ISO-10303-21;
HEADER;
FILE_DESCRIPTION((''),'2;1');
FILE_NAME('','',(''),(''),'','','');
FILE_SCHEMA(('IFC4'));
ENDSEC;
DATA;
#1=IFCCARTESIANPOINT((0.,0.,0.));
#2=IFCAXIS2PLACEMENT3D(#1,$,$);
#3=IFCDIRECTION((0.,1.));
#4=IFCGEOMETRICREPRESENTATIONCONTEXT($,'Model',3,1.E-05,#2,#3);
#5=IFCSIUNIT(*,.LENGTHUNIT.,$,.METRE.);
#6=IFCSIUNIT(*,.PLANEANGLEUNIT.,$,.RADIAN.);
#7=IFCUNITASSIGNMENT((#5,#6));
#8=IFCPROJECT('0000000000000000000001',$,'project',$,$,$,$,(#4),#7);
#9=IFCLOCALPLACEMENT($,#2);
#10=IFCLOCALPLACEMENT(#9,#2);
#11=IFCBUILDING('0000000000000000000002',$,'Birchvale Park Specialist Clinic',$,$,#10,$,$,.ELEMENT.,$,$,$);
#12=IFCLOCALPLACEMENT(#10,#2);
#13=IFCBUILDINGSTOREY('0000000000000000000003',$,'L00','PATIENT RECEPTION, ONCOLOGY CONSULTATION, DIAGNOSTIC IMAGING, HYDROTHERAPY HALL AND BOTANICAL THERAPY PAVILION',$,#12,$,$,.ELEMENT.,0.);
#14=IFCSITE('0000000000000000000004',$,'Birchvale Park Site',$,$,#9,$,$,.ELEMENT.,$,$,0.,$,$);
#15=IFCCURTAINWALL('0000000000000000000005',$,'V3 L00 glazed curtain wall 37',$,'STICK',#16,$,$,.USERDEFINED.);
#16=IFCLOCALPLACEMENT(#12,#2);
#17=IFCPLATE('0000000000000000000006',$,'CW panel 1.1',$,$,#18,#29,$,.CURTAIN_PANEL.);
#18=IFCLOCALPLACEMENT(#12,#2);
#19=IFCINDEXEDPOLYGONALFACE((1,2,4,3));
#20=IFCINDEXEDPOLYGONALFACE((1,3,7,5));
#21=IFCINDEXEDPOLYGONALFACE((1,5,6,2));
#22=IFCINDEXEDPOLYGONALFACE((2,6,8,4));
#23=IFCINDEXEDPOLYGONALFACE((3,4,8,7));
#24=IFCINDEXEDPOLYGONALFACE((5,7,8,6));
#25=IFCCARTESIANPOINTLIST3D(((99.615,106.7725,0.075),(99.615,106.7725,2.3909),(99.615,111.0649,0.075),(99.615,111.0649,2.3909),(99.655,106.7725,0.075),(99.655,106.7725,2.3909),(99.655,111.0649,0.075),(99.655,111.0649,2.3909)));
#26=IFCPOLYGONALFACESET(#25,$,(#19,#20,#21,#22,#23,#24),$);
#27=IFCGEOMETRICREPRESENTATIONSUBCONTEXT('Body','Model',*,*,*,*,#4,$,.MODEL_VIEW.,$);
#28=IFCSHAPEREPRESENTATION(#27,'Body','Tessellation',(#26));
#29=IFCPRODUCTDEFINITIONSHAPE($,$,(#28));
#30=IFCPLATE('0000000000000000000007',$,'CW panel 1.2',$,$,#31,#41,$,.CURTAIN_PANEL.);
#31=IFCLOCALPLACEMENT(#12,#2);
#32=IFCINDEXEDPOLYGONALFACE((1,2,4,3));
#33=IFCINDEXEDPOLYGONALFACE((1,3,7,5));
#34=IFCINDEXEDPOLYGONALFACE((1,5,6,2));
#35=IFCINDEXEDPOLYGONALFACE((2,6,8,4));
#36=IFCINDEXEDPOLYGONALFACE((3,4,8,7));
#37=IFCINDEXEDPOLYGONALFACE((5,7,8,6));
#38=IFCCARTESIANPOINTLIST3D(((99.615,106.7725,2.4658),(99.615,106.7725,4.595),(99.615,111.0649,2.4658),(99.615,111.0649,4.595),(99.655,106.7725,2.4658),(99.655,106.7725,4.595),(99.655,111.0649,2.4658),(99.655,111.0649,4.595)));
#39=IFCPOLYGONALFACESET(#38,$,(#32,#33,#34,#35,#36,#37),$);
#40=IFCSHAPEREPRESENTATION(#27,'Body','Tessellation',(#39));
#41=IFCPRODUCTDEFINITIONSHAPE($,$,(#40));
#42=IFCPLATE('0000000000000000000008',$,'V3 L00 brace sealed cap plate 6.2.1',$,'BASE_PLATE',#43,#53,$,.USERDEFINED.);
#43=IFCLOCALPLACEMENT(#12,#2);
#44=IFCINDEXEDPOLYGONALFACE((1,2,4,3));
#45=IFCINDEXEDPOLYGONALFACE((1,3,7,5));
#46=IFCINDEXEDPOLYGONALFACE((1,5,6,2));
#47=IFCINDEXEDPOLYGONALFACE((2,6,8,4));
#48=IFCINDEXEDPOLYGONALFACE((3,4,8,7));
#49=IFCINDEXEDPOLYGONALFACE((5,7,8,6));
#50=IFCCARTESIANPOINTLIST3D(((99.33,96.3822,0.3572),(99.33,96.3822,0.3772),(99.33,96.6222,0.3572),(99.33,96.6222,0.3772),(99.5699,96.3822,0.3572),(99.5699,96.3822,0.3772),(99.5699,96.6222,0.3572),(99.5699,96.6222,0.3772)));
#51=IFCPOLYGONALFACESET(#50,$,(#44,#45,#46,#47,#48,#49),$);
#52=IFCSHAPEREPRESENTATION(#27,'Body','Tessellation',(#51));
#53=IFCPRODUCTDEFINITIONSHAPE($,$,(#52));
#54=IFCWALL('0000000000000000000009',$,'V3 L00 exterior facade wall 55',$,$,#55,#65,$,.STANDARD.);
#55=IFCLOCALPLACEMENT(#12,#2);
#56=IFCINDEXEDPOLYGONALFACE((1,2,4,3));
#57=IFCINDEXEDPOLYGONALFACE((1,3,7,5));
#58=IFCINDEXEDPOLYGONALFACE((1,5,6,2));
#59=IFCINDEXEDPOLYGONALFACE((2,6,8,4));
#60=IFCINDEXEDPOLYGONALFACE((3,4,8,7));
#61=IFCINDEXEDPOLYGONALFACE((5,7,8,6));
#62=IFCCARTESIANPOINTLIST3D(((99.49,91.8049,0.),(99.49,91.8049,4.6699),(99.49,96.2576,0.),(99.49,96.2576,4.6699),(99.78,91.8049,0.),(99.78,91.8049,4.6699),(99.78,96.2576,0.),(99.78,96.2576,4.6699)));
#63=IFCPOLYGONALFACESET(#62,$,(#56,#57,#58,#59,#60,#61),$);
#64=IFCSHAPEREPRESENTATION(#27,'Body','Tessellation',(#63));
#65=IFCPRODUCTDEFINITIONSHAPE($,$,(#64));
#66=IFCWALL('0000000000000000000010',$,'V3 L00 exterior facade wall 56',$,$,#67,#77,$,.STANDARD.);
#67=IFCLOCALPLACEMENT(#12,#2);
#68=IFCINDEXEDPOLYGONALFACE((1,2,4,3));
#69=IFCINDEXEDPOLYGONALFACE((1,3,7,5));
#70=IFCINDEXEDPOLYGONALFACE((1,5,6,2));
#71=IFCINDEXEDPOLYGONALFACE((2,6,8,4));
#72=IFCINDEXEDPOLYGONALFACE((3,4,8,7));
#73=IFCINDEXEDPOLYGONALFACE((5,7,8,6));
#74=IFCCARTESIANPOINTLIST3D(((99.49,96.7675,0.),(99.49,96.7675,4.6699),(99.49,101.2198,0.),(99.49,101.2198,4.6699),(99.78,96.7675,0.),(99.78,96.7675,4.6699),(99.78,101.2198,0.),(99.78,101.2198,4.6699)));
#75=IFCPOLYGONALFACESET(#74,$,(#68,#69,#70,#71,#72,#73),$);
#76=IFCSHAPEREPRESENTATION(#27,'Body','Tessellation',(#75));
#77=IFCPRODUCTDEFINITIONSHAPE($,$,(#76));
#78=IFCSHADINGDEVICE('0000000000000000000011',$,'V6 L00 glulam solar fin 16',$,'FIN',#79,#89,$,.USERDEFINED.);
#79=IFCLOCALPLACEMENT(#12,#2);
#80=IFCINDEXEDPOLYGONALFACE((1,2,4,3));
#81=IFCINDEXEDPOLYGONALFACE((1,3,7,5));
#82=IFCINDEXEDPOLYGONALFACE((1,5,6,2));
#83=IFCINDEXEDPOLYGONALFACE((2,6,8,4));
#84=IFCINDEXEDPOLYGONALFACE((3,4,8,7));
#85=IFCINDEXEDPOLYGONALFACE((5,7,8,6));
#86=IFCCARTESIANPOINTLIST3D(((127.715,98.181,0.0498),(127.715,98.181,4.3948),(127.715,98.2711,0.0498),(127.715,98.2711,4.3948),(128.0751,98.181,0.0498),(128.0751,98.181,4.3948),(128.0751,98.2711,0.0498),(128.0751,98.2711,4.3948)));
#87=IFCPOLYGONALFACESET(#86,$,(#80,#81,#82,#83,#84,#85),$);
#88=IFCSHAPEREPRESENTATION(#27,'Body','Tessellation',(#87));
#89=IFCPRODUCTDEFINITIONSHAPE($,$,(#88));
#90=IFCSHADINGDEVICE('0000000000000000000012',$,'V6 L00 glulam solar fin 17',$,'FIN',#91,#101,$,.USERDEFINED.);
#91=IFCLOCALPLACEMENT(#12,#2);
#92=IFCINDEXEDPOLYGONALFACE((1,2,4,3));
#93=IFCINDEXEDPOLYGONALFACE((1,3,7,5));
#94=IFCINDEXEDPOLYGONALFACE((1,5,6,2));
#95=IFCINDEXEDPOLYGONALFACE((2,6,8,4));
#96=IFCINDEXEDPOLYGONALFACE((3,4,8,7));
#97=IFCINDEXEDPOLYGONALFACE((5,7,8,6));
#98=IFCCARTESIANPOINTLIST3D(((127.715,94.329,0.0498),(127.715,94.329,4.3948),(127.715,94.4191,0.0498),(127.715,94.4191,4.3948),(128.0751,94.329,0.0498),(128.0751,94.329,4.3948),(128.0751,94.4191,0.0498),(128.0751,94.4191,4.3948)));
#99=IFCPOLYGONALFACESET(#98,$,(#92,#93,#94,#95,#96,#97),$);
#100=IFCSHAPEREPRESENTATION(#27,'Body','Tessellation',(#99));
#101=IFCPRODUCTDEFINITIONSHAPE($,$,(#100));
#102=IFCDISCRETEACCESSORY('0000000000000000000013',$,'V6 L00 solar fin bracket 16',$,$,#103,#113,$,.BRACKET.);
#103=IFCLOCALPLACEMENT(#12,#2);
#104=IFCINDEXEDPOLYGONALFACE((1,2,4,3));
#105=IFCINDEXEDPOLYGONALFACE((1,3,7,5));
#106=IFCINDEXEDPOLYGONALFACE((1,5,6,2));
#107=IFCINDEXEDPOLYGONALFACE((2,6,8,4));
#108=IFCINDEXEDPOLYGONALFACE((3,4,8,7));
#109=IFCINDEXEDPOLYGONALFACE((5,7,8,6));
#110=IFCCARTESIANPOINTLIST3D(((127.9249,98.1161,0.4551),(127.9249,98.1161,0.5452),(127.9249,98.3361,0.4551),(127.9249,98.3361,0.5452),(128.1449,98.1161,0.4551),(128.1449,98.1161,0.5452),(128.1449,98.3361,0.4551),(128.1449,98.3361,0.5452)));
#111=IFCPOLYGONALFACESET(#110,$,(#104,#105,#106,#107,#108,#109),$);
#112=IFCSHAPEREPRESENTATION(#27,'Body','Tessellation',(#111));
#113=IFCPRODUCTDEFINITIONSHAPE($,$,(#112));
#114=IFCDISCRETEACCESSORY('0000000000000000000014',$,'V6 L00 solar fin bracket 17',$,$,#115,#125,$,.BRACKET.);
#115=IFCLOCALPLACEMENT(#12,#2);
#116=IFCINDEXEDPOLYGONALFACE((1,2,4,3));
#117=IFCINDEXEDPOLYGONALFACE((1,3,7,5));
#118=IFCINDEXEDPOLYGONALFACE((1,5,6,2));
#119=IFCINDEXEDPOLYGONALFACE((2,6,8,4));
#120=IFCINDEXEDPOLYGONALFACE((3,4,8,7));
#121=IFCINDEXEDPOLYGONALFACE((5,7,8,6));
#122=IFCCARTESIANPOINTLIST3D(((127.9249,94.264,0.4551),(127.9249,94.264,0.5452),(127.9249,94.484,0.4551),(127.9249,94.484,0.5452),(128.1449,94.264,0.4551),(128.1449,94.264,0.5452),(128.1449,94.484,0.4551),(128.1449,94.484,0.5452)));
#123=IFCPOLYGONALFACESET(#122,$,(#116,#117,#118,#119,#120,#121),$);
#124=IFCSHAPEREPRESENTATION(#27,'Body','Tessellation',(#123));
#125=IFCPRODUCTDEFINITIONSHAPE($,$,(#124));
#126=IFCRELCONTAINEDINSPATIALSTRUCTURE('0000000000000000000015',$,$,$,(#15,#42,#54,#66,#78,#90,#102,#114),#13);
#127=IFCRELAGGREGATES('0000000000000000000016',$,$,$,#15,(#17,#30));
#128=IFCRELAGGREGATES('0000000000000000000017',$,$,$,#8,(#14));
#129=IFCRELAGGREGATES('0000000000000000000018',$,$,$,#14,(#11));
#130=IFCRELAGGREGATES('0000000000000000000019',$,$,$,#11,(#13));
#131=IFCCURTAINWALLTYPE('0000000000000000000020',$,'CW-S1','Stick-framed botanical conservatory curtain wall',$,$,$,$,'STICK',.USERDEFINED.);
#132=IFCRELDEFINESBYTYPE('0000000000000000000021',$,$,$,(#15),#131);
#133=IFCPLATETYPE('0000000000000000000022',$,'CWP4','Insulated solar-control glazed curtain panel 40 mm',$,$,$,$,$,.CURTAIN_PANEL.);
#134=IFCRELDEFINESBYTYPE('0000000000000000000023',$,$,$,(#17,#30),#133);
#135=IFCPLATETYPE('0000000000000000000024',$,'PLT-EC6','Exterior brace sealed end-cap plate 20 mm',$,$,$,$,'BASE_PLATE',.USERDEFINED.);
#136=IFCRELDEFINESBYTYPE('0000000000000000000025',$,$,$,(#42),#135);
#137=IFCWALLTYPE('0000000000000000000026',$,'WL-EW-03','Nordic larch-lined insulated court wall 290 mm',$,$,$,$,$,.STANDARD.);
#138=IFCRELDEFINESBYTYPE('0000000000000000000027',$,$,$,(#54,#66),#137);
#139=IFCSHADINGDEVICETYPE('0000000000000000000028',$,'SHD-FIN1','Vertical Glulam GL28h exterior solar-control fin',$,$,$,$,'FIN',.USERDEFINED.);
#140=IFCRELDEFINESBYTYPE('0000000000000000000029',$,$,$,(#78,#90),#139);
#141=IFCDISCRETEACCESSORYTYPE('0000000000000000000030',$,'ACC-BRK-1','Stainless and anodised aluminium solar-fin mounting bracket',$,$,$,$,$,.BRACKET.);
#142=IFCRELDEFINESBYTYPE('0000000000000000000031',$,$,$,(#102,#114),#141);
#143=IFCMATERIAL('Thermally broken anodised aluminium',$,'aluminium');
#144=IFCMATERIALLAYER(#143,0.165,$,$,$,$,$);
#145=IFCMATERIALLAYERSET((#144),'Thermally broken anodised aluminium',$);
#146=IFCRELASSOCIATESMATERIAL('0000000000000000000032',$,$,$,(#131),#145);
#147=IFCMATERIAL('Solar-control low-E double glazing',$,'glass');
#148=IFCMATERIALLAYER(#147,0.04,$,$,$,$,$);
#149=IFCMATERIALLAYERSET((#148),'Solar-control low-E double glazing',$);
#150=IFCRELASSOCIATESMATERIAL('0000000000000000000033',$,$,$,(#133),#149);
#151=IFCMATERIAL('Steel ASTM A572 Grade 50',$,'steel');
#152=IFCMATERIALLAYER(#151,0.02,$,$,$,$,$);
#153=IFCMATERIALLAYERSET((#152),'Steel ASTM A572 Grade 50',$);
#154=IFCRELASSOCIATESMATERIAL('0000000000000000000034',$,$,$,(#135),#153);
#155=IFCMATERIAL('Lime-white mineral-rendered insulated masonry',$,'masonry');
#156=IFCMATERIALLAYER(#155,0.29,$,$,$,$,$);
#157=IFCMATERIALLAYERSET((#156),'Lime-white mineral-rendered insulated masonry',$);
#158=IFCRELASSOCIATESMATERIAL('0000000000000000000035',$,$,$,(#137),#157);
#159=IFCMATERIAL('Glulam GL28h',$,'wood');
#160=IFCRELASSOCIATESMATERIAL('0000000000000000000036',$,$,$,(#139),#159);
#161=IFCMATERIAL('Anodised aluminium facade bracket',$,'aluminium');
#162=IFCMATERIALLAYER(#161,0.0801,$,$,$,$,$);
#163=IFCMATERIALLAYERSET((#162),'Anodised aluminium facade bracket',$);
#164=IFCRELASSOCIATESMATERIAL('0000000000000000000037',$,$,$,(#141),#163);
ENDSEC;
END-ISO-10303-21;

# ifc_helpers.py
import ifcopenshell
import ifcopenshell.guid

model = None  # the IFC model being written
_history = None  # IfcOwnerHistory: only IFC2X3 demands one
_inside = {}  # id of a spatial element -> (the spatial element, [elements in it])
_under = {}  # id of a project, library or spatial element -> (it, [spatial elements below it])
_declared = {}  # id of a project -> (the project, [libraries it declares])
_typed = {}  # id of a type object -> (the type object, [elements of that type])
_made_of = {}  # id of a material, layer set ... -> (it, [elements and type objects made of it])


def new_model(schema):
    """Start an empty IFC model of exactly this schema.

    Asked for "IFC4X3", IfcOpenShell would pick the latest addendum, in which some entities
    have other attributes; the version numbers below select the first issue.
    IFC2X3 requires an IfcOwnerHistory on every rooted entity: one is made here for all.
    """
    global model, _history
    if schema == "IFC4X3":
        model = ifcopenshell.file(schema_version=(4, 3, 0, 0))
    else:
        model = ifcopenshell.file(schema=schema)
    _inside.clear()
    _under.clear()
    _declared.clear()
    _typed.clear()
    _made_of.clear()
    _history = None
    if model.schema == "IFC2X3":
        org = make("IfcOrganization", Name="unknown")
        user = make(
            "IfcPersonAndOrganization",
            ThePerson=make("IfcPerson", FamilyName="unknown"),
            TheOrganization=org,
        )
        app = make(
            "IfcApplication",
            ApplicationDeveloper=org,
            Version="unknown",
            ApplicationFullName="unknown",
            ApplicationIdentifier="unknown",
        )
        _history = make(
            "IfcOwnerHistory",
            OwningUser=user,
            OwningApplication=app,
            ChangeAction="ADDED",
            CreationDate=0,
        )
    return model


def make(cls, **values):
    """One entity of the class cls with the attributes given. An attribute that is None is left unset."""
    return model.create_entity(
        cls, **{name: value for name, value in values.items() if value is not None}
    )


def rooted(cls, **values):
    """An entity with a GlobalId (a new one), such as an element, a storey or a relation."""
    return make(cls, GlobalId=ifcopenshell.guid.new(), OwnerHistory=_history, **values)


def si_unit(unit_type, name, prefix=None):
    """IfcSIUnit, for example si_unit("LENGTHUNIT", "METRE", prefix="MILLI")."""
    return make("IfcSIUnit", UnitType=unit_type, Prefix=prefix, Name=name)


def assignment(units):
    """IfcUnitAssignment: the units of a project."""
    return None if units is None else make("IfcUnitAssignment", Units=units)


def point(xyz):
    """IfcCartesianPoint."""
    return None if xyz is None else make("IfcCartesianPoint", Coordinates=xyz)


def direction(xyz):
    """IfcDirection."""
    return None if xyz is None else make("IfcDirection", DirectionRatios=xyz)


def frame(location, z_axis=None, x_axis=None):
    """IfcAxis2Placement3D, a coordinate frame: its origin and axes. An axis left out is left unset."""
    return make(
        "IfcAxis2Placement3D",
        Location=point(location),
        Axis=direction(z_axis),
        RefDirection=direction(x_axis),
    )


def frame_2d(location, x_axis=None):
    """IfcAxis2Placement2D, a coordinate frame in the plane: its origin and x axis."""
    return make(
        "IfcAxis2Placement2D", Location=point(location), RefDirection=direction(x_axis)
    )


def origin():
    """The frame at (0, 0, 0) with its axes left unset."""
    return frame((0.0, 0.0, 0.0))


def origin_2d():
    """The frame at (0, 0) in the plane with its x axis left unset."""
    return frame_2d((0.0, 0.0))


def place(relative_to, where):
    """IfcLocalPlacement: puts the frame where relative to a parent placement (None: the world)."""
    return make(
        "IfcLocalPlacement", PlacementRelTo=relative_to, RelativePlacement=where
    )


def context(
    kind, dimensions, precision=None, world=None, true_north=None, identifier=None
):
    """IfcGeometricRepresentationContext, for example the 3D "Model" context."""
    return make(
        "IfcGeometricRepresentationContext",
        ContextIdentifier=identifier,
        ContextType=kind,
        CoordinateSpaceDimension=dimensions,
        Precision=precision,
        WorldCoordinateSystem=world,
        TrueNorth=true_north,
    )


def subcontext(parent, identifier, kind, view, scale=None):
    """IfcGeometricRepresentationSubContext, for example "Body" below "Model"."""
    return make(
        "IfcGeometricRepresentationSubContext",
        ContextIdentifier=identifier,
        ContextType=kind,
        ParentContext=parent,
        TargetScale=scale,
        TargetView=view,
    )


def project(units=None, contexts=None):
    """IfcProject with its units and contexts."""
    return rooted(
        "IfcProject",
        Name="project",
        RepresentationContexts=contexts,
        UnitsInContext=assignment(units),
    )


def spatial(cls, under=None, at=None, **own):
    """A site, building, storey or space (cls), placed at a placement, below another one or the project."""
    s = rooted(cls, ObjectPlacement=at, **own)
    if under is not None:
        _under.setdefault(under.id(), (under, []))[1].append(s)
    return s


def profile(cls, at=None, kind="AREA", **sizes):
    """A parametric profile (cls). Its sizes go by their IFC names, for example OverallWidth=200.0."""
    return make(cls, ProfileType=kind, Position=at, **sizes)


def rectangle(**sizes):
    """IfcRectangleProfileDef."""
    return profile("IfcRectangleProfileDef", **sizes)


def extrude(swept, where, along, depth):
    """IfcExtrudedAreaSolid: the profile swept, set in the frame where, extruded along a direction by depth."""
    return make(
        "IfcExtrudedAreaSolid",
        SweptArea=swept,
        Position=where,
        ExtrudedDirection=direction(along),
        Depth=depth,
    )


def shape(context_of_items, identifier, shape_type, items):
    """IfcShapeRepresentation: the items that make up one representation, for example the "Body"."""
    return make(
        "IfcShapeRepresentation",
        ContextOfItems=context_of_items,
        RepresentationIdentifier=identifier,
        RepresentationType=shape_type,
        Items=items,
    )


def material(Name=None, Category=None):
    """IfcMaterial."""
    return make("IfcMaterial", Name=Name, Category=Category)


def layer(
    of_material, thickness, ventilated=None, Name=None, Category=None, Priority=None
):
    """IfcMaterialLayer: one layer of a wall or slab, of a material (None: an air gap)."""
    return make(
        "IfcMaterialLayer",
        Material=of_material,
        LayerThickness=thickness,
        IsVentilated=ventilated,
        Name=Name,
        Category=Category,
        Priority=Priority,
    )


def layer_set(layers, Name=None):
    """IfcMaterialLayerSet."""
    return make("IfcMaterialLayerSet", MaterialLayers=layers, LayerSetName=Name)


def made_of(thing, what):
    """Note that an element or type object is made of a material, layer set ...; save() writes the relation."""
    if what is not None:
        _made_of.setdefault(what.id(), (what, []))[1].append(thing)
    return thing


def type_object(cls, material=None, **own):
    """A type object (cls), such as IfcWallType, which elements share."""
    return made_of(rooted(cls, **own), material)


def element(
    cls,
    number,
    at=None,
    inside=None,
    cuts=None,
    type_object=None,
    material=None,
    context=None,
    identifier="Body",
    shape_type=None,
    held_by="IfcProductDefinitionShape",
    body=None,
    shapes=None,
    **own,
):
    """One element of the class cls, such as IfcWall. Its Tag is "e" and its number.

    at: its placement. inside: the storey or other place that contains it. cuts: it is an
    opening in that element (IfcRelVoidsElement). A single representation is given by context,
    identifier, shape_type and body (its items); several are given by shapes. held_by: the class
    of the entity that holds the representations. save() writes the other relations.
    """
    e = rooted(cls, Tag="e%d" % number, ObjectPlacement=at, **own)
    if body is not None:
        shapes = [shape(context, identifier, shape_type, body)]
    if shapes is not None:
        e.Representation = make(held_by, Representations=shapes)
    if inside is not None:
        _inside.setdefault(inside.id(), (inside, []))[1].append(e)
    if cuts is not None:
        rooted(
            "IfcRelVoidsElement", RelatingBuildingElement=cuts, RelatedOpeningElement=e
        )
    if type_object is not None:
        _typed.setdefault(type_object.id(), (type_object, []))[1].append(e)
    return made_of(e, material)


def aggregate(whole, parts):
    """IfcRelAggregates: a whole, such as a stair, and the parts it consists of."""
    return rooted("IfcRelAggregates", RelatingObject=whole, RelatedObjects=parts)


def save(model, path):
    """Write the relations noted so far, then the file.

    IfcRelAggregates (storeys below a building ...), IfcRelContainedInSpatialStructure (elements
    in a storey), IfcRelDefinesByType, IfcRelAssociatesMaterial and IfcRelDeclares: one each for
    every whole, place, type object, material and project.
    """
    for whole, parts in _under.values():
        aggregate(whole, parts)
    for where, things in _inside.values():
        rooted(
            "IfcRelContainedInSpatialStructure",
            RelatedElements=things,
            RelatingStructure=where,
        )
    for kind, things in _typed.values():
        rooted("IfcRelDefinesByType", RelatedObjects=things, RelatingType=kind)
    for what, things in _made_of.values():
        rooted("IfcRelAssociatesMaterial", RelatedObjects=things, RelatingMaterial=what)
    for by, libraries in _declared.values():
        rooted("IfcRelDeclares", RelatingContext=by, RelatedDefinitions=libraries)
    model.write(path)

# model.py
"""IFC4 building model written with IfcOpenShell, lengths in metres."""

from ifc_helpers import new_model, si_unit, direction, frame, frame_2d, origin, origin_2d, place, context, subcontext, project, spatial, rectangle, extrude, material, layer, layer_set, type_object, element, aggregate, save


model = new_model("IFC4")

# Units and contexts
model_context = context("Model", 3, precision=1e-05, world=origin(), true_north=direction((0.0, 1.0)))
body_context = subcontext(model_context, "Body", "Model", "MODEL_VIEW")
ifc_project = project(units=[si_unit("LENGTHUNIT", "METRE"), si_unit("PLANEANGLEUNIT", "RADIAN")], contexts=[model_context])

# Site, building, storey
site_placement = place(None, origin())
site = spatial("IfcSite", under=ifc_project, at=site_placement, Name="Birchvale Park Site", CompositionType="ELEMENT", RefElevation=0.0)
building_placement = place(site_placement, origin())
building = spatial("IfcBuilding", under=site, at=building_placement, Name="Birchvale Park Specialist Clinic", CompositionType="ELEMENT")
storey_placement = place(building_placement, origin())
storey = spatial("IfcBuildingStorey", under=building, at=storey_placement, Name="L00", Description="PATIENT RECEPTION, ONCOLOGY CONSULTATION, DIAGNOSTIC IMAGING, HYDROTHERAPY HALL AND BOTANICAL THERAPY PAVILION", CompositionType="ELEMENT", Elevation=0.0)

# Shared definitions
ifc_material_1 = material(Name="Thermally broken anodised aluminium", Category="aluminium")

# Curtain wall
ifc_layer_1 = layer(ifc_material_1, 0.165)
ifc_layer_set_1 = layer_set([ifc_layer_1], Name="Thermally broken anodised aluminium")
curtain_wall_type_1 = type_object("IfcCurtainWallType", Name="CW-S1", Description="Stick-framed botanical conservatory curtain wall", ElementType="STICK", PredefinedType="USERDEFINED", material=ifc_layer_set_1)
curtain_wall_1_placement = place(storey_placement, origin())
curtain_wall_1 = element("IfcCurtainWall", 1, at=curtain_wall_1_placement, inside=storey, type_object=curtain_wall_type_1, Name="V3 L00 glazed curtain wall 37", ObjectType="STICK", PredefinedType="USERDEFINED")

# Plates
ifc_material_2 = material(Name="Solar-control low-E double glazing", Category="glass")
ifc_layer_2 = layer(ifc_material_2, 0.04)
ifc_layer_set_2 = layer_set([ifc_layer_2], Name="Solar-control low-E double glazing")
plate_type_1 = type_object("IfcPlateType", Name="CWP4", Description="Insulated solar-control glazed curtain panel 40 mm", PredefinedType="CURTAIN_PANEL", material=ifc_layer_set_2)
plate_1_placement = place(storey_placement, frame((99.635, 108.9187, 0.075), z_axis=(0.0, 0.0, 1.0), x_axis=(0.0, 1.0, 0.0)))
plate_1 = element("IfcPlate", 2, at=plate_1_placement, type_object=plate_type_1, Name="CW panel 1.1", PredefinedType="CURTAIN_PANEL", context=body_context, shape_type="SweptSolid", body=[
    extrude(rectangle(XDim=4.2925, YDim=0.04, at=origin_2d()), origin(), (0.0, 0.0, 1.0), 2.3159),
])
plate_2_placement = place(storey_placement, frame((99.635, 108.9187, 2.4658), z_axis=(0.0, 0.0, 1.0), x_axis=(0.0, 1.0, 0.0)))
plate_2 = element("IfcPlate", 3, at=plate_2_placement, type_object=plate_type_1, Name="CW panel 1.2", PredefinedType="CURTAIN_PANEL", context=body_context, shape_type="SweptSolid", body=[
    extrude(rectangle(XDim=4.2925, YDim=0.04, at=origin_2d()), origin(), (0.0, 0.0, 1.0), 2.1292),
])
aggregate(curtain_wall_1, [plate_1, plate_2])
ifc_material_3 = material(Name="Steel ASTM A572 Grade 50", Category="steel")
ifc_layer_3 = layer(ifc_material_3, 0.02)
ifc_layer_set_3 = layer_set([ifc_layer_3], Name="Steel ASTM A572 Grade 50")
plate_type_2 = type_object("IfcPlateType", Name="PLT-EC6", Description="Exterior brace sealed end-cap plate 20 mm", ElementType="BASE_PLATE", PredefinedType="USERDEFINED", material=ifc_layer_set_3)
plate_3_placement = place(storey_placement, frame((99.45, 96.5022, 0.3572), z_axis=(0.0, 0.0, 1.0), x_axis=(1.0, 0.0, 0.0)))
element("IfcPlate", 4, at=plate_3_placement, inside=storey, type_object=plate_type_2, Name="V3 L00 brace sealed cap plate 6.2.1", ObjectType="BASE_PLATE", PredefinedType="USERDEFINED", context=body_context, shape_type="SweptSolid", body=[
    extrude(rectangle(XDim=0.24, YDim=0.24, at=origin_2d()), origin(), (0.0, 0.0, 1.0), 0.02),
])

# Walls
ifc_material_4 = material(Name="Lime-white mineral-rendered insulated masonry", Category="masonry")
ifc_layer_4 = layer(ifc_material_4, 0.29)
ifc_layer_set_4 = layer_set([ifc_layer_4], Name="Lime-white mineral-rendered insulated masonry")
wall_type = type_object("IfcWallType", Name="WL-EW-03", Description="Nordic larch-lined insulated court wall 290 mm", PredefinedType="STANDARD", material=ifc_layer_set_4)
wall_1_placement = place(storey_placement, frame((99.635, 91.8049, 0.0), z_axis=(0.0, 0.0, 1.0), x_axis=(0.0, 1.0, 0.0)))
element("IfcWall", 5, at=wall_1_placement, inside=storey, type_object=wall_type, Name="V3 L00 exterior facade wall 55", PredefinedType="STANDARD", context=body_context, shape_type="SweptSolid", body=[
    extrude(rectangle(XDim=4.4526, YDim=0.29, at=frame_2d((2.2263, 0.0))), origin(), (0.0, 0.0, 1.0), 4.6699),
])
wall_2_placement = place(storey_placement, frame((99.635, 96.7676, 0.0), z_axis=(0.0, 0.0, 1.0), x_axis=(0.0, 1.0, 0.0)))
element("IfcWall", 6, at=wall_2_placement, inside=storey, type_object=wall_type, Name="V3 L00 exterior facade wall 56", PredefinedType="STANDARD", context=body_context, shape_type="SweptSolid", body=[
    extrude(rectangle(XDim=4.4524, YDim=0.29, at=frame_2d((2.2261, 0.0))), origin(), (0.0, 0.0, 1.0), 4.6699),
])

# Shading devices
ifc_material_5 = material(Name="Glulam GL28h", Category="wood")
shading_device_type = type_object("IfcShadingDeviceType", Name="SHD-FIN1", Description="Vertical Glulam GL28h exterior solar-control fin", ElementType="FIN", PredefinedType="USERDEFINED", material=ifc_material_5)
for number, where, z_axis, x_axis, name in (
    (7, (127.895, 98.2261, 0.0498), (0.0, 0.0, 1.0), (1.0, 0.0, 0.0), "V6 L00 glulam solar fin 16"),
    (8, (127.895, 94.374, 0.0498), (0.0, 0.0, 1.0), (1.0, 0.0, 0.0), "V6 L00 glulam solar fin 17"),
):
    element("IfcShadingDevice", number, at=place(storey_placement, frame(where, z_axis=z_axis, x_axis=x_axis)), inside=storey, type_object=shading_device_type, Name=name, ObjectType="FIN", PredefinedType="USERDEFINED", context=body_context, shape_type="SweptSolid", body=[
        extrude(rectangle(XDim=0.3601, YDim=0.0901, at=origin_2d()), origin(), (0.0, 0.0, 1.0), 4.345),
    ])

# Discrete accessories
ifc_material_6 = material(Name="Anodised aluminium facade bracket", Category="aluminium")
ifc_layer_5 = layer(ifc_material_6, 0.0801)
ifc_layer_set_5 = layer_set([ifc_layer_5], Name="Anodised aluminium facade bracket")
discrete_accessory_type = type_object("IfcDiscreteAccessoryType", Name="ACC-BRK-1", Description="Stainless and anodised aluminium solar-fin mounting bracket", PredefinedType="BRACKET", material=ifc_layer_set_5)
for number, where, z_axis, x_axis, name in (
    (9, (128.0349, 98.2261, 0.4551), (0.0, 0.0, 1.0), (1.0, 0.0, 0.0), "V6 L00 solar fin bracket 16"),
    (10, (128.0349, 94.374, 0.4551), (0.0, 0.0, 1.0), (1.0, 0.0, 0.0), "V6 L00 solar fin bracket 17"),
):
    element("IfcDiscreteAccessory", number, at=place(storey_placement, frame(where, z_axis=z_axis, x_axis=x_axis)), inside=storey, type_object=discrete_accessory_type, Name=name, PredefinedType="BRACKET", context=body_context, shape_type="SweptSolid", body=[
        extrude(rectangle(XDim=0.22, YDim=0.22, at=origin_2d()), origin(), (0.0, 0.0, 1.0), 0.0901),
    ])

save(model, "model.ifc")
